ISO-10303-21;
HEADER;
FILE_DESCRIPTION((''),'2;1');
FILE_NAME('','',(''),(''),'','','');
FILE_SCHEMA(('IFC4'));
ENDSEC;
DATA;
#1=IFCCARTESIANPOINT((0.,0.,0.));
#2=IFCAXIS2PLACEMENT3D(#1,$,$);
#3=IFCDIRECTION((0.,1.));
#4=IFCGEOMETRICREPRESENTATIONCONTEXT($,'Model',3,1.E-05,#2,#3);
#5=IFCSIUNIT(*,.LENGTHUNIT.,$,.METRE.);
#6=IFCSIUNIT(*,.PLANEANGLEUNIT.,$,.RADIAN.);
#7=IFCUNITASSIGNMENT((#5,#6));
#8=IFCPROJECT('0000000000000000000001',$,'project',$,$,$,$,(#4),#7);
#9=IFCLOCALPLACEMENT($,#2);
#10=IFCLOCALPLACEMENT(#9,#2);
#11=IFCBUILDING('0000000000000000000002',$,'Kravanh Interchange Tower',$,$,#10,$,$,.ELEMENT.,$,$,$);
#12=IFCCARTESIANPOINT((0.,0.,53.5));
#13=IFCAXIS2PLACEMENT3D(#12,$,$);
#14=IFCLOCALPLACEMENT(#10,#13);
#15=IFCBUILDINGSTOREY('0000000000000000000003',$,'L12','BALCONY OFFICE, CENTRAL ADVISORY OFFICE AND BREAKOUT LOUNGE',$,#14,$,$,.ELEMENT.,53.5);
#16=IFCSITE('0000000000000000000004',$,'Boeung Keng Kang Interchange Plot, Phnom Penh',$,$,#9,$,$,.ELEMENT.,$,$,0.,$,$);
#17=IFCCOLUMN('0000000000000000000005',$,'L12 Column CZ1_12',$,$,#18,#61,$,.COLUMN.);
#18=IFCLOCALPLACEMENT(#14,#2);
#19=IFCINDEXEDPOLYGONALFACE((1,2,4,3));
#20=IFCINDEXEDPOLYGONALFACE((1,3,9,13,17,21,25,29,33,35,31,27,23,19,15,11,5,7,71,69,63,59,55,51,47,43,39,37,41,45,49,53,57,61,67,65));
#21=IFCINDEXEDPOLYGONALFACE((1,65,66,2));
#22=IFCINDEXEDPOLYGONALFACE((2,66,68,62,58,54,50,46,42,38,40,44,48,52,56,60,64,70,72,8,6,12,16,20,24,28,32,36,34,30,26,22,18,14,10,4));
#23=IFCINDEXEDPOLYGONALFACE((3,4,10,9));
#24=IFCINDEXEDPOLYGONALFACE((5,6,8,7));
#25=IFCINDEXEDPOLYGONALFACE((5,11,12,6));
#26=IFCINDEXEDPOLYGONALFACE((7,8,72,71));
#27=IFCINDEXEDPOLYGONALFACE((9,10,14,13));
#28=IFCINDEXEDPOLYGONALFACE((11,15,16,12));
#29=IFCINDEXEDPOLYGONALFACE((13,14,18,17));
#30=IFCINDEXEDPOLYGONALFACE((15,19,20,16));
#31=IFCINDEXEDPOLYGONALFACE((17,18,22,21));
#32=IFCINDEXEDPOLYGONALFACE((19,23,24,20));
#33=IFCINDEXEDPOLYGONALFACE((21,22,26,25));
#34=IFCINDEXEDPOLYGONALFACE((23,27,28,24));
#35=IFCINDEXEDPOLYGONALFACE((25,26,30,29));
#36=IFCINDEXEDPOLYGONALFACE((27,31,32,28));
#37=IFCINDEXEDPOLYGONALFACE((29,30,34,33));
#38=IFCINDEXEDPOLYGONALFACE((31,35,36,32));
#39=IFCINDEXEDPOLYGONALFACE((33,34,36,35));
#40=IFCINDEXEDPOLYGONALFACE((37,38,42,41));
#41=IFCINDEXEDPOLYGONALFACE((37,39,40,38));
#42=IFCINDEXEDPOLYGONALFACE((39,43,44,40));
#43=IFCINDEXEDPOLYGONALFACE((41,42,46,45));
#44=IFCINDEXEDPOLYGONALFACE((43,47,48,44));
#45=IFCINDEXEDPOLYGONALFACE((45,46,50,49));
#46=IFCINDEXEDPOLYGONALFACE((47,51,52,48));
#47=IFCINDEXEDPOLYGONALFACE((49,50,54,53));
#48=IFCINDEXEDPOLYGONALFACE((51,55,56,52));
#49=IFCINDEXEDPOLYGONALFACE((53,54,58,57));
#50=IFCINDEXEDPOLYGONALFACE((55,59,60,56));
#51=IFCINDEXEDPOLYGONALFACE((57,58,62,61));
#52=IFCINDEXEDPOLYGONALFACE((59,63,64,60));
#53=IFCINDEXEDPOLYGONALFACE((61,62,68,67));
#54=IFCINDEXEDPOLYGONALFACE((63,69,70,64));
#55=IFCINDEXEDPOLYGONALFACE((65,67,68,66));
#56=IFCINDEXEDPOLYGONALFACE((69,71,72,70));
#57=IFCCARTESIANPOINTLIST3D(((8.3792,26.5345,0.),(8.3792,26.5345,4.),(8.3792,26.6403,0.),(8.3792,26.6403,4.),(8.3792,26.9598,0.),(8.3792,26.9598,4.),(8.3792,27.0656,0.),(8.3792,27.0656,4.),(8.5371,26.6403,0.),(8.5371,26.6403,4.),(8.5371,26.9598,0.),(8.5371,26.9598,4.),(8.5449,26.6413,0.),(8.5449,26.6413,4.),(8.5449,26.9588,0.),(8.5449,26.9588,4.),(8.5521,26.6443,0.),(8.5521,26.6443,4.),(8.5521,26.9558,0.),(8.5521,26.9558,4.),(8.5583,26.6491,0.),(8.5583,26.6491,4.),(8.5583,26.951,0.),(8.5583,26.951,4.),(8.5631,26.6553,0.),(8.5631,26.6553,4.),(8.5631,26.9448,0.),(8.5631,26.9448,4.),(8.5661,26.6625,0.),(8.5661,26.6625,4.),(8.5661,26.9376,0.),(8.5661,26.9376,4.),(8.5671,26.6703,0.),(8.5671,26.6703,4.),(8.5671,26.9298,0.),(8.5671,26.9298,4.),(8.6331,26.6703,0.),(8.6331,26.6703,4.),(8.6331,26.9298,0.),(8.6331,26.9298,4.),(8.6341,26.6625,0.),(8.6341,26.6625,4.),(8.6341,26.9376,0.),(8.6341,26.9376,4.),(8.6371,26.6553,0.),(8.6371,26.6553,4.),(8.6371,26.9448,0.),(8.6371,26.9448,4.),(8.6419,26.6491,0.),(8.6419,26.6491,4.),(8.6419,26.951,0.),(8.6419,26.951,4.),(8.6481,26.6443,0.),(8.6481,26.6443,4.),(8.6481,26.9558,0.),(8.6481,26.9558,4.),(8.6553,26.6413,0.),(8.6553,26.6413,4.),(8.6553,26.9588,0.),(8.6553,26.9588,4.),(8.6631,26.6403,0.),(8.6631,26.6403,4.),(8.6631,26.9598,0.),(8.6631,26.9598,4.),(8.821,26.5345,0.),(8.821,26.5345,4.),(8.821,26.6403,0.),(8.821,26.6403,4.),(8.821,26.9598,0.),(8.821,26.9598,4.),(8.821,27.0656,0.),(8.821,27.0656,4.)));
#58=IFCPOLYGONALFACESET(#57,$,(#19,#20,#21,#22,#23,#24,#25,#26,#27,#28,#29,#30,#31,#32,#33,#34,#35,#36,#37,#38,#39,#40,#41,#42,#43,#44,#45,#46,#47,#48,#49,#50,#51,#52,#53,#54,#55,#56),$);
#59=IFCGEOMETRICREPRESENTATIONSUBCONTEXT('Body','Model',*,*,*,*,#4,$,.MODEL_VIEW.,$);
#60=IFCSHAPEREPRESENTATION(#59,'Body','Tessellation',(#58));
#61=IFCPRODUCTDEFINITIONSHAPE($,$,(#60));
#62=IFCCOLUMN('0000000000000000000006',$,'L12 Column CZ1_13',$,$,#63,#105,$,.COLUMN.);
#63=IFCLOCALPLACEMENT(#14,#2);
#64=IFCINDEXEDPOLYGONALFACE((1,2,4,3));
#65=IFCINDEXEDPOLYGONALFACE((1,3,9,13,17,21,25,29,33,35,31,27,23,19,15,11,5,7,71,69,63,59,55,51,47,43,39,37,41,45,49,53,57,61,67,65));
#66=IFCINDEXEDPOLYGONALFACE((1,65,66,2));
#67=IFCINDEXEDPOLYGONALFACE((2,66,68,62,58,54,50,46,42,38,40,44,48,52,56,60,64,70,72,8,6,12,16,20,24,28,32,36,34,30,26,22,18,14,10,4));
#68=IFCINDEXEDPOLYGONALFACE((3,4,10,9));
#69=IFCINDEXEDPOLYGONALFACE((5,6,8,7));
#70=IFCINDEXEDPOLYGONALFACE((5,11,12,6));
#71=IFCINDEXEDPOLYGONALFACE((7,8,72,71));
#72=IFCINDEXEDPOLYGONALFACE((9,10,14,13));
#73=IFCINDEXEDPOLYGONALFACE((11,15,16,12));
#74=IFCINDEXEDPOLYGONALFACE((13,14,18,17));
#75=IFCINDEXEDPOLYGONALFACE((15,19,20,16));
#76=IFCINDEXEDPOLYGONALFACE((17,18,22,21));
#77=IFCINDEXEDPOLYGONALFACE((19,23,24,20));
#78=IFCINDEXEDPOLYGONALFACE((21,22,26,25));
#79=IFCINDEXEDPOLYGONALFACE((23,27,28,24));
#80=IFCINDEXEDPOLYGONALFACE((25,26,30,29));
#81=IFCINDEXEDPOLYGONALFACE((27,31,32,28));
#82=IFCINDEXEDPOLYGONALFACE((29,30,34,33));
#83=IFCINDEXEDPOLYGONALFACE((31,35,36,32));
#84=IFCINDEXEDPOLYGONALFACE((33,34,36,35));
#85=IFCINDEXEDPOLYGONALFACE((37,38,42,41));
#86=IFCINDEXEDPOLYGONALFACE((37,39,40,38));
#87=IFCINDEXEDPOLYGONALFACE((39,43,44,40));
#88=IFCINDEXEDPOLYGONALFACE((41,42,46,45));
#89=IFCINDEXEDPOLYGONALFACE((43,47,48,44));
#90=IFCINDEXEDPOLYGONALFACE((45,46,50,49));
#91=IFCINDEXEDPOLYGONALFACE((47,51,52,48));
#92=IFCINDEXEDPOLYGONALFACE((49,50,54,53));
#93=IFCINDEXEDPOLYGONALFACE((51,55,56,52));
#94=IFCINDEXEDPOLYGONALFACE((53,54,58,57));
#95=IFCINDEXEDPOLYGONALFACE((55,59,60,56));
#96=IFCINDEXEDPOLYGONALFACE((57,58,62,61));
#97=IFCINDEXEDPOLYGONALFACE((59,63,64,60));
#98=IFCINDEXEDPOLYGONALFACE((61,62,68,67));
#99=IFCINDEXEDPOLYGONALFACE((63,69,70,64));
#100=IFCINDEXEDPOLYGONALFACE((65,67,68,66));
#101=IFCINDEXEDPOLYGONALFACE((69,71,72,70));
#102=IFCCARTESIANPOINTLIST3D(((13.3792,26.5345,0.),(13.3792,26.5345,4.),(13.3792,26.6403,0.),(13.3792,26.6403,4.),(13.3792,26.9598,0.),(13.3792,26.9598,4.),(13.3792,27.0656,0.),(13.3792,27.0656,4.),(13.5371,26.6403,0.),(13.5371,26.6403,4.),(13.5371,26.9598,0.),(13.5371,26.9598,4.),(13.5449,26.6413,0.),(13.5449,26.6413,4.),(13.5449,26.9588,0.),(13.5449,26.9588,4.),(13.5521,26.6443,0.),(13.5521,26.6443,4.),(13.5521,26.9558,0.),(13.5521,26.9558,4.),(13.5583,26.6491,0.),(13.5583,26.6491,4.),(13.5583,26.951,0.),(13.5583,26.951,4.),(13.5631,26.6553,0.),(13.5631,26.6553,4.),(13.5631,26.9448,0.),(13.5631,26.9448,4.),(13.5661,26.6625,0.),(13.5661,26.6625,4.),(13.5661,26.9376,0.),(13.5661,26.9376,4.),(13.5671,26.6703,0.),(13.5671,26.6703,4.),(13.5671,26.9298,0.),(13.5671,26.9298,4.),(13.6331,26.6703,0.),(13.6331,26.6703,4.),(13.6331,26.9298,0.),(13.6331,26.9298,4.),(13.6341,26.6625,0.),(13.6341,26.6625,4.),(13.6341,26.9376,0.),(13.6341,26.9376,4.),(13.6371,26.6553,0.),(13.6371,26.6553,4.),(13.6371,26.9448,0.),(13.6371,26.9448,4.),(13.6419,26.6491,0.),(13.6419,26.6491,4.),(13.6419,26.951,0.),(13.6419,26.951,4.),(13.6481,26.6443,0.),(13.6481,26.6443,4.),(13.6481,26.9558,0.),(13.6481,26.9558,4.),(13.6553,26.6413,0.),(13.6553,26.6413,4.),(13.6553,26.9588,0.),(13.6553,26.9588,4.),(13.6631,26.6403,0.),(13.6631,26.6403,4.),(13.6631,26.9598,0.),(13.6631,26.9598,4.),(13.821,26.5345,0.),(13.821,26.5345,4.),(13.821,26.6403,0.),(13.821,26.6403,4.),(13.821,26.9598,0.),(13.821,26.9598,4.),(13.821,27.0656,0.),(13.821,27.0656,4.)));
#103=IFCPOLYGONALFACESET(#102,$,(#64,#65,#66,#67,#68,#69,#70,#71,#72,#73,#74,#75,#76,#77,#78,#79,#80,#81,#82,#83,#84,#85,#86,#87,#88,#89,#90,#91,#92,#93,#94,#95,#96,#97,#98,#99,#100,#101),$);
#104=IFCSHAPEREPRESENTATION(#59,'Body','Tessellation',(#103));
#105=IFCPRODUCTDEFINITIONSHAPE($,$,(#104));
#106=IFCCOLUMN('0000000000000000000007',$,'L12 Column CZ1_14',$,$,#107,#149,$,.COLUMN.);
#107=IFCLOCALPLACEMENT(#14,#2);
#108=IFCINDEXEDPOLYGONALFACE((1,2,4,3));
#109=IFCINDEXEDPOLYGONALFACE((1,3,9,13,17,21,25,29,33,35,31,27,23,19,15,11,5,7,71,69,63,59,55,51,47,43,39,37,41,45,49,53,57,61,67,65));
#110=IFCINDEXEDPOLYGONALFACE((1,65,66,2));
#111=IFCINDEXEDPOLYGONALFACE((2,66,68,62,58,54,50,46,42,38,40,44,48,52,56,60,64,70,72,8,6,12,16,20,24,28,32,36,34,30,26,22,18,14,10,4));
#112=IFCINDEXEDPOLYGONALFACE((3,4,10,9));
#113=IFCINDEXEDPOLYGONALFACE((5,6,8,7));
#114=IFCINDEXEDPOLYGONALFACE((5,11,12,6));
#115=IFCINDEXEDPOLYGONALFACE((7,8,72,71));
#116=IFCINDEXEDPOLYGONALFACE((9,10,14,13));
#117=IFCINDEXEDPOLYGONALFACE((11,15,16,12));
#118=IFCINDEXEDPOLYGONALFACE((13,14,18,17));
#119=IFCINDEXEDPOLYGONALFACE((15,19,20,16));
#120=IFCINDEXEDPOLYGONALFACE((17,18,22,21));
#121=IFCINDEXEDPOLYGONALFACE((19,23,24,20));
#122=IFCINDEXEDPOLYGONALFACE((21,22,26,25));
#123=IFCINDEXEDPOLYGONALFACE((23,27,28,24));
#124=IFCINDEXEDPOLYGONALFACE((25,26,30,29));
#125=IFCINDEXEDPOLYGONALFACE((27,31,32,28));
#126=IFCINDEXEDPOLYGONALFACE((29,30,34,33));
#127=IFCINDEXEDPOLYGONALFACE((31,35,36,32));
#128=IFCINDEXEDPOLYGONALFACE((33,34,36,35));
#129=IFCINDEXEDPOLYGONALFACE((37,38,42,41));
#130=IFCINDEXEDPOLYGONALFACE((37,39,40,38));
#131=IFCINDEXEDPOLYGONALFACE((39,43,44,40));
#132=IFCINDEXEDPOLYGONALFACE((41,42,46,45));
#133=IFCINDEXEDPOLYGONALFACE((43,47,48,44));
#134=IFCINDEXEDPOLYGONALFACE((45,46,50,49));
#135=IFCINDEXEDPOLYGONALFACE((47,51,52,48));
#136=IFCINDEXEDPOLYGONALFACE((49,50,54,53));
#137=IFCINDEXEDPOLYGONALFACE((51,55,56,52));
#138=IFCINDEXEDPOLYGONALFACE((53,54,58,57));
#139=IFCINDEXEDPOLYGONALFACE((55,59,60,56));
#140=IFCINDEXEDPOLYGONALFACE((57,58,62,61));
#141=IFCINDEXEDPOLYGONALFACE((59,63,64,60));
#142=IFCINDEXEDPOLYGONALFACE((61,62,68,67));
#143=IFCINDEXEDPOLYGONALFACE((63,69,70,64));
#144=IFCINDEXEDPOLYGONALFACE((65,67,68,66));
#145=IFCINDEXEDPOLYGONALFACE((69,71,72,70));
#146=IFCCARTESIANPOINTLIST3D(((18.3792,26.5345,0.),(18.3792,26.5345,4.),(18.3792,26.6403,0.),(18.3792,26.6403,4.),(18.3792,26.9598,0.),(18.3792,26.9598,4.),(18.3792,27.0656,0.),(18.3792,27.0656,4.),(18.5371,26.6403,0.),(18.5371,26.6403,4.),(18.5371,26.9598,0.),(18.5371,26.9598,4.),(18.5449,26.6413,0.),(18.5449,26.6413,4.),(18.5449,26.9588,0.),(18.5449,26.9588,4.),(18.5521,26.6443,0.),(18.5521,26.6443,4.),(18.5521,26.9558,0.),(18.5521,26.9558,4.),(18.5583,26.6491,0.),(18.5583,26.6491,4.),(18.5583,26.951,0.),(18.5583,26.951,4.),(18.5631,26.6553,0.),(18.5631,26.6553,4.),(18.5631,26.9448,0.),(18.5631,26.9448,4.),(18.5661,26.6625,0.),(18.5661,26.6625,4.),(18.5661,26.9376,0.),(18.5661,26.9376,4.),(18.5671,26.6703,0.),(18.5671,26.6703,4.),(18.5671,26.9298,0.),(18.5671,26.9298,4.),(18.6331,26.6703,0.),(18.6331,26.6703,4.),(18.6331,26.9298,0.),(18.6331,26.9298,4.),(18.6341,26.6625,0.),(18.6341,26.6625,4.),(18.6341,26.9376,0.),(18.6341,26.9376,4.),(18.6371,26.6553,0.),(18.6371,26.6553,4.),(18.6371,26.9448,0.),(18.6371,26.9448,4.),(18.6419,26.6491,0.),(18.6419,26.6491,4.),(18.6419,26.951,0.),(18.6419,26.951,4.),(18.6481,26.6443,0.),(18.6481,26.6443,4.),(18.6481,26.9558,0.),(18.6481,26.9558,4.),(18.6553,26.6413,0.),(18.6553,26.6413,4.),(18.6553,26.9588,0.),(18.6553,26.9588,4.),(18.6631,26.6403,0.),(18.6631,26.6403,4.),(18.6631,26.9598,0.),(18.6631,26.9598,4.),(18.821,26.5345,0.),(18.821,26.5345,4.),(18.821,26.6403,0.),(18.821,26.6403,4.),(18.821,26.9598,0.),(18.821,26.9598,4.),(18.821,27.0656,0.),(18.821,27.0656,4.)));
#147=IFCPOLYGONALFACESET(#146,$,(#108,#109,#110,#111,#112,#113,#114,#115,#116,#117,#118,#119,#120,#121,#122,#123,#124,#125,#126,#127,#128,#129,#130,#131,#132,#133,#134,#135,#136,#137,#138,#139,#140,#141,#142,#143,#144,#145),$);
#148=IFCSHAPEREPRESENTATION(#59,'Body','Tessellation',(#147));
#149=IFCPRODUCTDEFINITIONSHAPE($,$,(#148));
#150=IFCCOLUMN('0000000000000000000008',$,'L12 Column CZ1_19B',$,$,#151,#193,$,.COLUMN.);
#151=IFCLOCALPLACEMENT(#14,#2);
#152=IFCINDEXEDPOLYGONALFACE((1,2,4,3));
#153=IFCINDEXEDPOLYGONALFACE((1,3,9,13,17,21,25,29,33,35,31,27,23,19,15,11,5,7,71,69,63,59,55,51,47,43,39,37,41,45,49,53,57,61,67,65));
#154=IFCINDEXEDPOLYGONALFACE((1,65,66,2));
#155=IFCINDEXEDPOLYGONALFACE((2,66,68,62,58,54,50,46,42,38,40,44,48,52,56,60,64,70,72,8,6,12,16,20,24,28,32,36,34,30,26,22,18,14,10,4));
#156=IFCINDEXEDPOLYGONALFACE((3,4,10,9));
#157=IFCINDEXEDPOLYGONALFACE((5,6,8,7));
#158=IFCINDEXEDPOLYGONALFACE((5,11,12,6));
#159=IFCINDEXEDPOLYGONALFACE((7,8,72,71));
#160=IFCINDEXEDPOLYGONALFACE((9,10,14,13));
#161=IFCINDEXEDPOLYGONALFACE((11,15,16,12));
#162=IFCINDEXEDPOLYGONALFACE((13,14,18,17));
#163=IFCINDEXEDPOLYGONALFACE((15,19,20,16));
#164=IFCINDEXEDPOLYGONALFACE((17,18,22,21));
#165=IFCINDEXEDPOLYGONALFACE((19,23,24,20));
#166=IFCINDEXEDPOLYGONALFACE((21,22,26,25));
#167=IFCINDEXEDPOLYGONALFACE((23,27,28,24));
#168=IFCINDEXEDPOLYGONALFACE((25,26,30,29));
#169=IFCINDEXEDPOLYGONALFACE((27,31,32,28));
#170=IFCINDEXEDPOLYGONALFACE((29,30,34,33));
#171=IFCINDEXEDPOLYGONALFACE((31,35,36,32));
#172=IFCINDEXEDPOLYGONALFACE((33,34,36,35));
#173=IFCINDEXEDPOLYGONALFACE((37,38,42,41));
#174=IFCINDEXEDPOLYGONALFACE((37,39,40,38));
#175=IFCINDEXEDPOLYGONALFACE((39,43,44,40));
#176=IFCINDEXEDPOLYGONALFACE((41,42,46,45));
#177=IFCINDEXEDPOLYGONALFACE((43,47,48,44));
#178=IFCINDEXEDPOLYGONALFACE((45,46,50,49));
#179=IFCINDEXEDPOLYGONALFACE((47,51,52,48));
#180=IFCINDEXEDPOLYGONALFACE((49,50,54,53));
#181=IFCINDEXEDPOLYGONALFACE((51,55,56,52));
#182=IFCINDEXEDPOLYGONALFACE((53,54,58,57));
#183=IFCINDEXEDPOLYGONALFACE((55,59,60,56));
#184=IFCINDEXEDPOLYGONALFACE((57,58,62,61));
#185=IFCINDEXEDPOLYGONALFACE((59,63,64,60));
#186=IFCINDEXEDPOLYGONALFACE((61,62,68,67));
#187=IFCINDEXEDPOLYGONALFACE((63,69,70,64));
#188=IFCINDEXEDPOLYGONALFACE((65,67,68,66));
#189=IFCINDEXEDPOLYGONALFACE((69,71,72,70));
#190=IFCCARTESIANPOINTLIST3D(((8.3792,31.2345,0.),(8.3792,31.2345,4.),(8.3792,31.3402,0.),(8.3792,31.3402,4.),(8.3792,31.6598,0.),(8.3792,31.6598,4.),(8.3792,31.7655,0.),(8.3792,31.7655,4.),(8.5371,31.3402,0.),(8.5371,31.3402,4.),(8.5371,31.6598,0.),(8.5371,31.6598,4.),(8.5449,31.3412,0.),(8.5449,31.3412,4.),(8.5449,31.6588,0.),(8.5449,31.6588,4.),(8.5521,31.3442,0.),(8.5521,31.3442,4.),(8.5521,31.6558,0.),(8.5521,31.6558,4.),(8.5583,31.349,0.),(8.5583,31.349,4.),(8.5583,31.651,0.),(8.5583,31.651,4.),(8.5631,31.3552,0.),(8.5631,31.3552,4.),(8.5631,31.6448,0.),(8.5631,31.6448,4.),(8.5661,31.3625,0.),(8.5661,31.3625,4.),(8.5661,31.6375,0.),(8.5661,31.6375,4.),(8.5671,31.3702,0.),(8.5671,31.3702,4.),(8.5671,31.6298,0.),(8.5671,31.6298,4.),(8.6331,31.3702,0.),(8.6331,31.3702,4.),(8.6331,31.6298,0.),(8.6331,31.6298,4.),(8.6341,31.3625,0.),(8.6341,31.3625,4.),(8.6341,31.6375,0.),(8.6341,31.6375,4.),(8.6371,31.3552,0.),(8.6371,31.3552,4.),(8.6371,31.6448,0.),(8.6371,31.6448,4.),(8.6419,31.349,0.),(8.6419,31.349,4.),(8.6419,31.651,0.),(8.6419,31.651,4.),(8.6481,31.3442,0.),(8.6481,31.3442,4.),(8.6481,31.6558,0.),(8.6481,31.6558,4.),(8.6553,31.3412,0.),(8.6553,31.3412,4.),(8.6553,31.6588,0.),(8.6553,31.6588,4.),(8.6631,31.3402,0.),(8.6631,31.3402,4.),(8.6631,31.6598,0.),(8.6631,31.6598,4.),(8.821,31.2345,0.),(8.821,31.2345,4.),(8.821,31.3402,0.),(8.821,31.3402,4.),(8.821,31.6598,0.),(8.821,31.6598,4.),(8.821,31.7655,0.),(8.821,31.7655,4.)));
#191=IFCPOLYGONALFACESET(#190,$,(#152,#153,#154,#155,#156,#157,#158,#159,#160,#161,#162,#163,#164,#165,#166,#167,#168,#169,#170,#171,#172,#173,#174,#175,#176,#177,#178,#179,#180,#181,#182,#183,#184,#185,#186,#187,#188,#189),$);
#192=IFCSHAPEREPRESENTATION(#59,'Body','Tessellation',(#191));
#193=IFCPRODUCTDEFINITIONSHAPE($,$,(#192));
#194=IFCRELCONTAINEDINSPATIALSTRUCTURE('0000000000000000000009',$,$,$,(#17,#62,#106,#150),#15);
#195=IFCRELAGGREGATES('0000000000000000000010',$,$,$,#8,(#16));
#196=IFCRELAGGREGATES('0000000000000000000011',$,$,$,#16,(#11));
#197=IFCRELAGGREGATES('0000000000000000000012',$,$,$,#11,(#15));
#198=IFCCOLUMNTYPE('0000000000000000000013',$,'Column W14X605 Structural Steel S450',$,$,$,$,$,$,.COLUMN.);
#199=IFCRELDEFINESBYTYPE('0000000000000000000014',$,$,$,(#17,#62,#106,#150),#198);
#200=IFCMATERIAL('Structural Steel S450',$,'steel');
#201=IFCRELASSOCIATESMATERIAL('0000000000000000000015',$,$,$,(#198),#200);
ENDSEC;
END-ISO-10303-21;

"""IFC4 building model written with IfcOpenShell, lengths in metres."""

from ifc_helpers import new_model, si_unit, direction, frame, origin, origin_2d, place, context, subcontext, project, spatial, i_section, extrude, material, material_profile, profile_set, type_object, element, save


model = new_model("IFC4")

# Units and contexts
model_context = context("Model", 3, precision=1e-05, world=origin(), true_north=direction((0.0, 1.0)))
body_context = subcontext(model_context, "Body", "Model", "MODEL_VIEW")
ifc_project = project(units=[si_unit("LENGTHUNIT", "METRE"), si_unit("PLANEANGLEUNIT", "RADIAN")], contexts=[model_context])

# Site, building, storey
site_placement = place(None, origin())
site = spatial("IfcSite", under=ifc_project, at=site_placement, Name="Boeung Keng Kang Interchange Plot, Phnom Penh", CompositionType="ELEMENT", RefElevation=0.0)
building_placement = place(site_placement, origin())
building = spatial("IfcBuilding", under=site, at=building_placement, Name="Kravanh Interchange Tower", CompositionType="ELEMENT")
storey_placement = place(building_placement, frame((0.0, 0.0, 53.5)))
storey = spatial("IfcBuildingStorey", under=building, at=storey_placement, Name="L12", Description="BALCONY OFFICE, CENTRAL ADVISORY OFFICE AND BREAKOUT LOUNGE", CompositionType="ELEMENT", Elevation=53.5)

# Columns
ifc_material_1 = material(Name="Structural Steel S450", Category="steel")
ifc_material_profile_1 = material_profile(ifc_material_1, i_section(OverallWidth=0.4419, OverallDepth=0.531, WebThickness=0.0659, FlangeThickness=0.1057, FilletRadius=0.03, at=origin_2d()), Name="W14X605")
ifc_profile_set_1 = profile_set([ifc_material_profile_1], Name="Structural Steel S450")
column_type = type_object("IfcColumnType", Name="Column W14X605 Structural Steel S450", PredefinedType="COLUMN", material=ifc_profile_set_1)
for number, where, z_axis, x_axis, name in (
    (1, (8.6001, 26.8, 0.0), (0.0, 0.0, 1.0), (1.0, 0.0, 0.0), "L12 Column CZ1_12"),
    (2, (13.6001, 26.8, 0.0), (0.0, 0.0, 1.0), (1.0, 0.0, 0.0), "L12 Column CZ1_13"),
    (3, (18.6001, 26.8, 0.0), (0.0, 0.0, 1.0), (1.0, 0.0, 0.0), "L12 Column CZ1_14"),
    (4, (8.6001, 31.5, 0.0), (0.0, 0.0, 1.0), (1.0, 0.0, 0.0), "L12 Column CZ1_19B"),
):
    element("IfcColumn", number, at=place(storey_placement, frame(where, z_axis=z_axis, x_axis=x_axis)), inside=storey, type_object=column_type, Name=name, PredefinedType="COLUMN", context=body_context, shape_type="SweptSolid", body=[
        extrude(i_section(OverallWidth=0.4419, OverallDepth=0.531, WebThickness=0.0659, FlangeThickness=0.1057, FilletRadius=0.03, at=origin_2d()), origin(), (0.0, 0.0, 1.0), 4.0),
    ])

save(model, "model.ifc")
